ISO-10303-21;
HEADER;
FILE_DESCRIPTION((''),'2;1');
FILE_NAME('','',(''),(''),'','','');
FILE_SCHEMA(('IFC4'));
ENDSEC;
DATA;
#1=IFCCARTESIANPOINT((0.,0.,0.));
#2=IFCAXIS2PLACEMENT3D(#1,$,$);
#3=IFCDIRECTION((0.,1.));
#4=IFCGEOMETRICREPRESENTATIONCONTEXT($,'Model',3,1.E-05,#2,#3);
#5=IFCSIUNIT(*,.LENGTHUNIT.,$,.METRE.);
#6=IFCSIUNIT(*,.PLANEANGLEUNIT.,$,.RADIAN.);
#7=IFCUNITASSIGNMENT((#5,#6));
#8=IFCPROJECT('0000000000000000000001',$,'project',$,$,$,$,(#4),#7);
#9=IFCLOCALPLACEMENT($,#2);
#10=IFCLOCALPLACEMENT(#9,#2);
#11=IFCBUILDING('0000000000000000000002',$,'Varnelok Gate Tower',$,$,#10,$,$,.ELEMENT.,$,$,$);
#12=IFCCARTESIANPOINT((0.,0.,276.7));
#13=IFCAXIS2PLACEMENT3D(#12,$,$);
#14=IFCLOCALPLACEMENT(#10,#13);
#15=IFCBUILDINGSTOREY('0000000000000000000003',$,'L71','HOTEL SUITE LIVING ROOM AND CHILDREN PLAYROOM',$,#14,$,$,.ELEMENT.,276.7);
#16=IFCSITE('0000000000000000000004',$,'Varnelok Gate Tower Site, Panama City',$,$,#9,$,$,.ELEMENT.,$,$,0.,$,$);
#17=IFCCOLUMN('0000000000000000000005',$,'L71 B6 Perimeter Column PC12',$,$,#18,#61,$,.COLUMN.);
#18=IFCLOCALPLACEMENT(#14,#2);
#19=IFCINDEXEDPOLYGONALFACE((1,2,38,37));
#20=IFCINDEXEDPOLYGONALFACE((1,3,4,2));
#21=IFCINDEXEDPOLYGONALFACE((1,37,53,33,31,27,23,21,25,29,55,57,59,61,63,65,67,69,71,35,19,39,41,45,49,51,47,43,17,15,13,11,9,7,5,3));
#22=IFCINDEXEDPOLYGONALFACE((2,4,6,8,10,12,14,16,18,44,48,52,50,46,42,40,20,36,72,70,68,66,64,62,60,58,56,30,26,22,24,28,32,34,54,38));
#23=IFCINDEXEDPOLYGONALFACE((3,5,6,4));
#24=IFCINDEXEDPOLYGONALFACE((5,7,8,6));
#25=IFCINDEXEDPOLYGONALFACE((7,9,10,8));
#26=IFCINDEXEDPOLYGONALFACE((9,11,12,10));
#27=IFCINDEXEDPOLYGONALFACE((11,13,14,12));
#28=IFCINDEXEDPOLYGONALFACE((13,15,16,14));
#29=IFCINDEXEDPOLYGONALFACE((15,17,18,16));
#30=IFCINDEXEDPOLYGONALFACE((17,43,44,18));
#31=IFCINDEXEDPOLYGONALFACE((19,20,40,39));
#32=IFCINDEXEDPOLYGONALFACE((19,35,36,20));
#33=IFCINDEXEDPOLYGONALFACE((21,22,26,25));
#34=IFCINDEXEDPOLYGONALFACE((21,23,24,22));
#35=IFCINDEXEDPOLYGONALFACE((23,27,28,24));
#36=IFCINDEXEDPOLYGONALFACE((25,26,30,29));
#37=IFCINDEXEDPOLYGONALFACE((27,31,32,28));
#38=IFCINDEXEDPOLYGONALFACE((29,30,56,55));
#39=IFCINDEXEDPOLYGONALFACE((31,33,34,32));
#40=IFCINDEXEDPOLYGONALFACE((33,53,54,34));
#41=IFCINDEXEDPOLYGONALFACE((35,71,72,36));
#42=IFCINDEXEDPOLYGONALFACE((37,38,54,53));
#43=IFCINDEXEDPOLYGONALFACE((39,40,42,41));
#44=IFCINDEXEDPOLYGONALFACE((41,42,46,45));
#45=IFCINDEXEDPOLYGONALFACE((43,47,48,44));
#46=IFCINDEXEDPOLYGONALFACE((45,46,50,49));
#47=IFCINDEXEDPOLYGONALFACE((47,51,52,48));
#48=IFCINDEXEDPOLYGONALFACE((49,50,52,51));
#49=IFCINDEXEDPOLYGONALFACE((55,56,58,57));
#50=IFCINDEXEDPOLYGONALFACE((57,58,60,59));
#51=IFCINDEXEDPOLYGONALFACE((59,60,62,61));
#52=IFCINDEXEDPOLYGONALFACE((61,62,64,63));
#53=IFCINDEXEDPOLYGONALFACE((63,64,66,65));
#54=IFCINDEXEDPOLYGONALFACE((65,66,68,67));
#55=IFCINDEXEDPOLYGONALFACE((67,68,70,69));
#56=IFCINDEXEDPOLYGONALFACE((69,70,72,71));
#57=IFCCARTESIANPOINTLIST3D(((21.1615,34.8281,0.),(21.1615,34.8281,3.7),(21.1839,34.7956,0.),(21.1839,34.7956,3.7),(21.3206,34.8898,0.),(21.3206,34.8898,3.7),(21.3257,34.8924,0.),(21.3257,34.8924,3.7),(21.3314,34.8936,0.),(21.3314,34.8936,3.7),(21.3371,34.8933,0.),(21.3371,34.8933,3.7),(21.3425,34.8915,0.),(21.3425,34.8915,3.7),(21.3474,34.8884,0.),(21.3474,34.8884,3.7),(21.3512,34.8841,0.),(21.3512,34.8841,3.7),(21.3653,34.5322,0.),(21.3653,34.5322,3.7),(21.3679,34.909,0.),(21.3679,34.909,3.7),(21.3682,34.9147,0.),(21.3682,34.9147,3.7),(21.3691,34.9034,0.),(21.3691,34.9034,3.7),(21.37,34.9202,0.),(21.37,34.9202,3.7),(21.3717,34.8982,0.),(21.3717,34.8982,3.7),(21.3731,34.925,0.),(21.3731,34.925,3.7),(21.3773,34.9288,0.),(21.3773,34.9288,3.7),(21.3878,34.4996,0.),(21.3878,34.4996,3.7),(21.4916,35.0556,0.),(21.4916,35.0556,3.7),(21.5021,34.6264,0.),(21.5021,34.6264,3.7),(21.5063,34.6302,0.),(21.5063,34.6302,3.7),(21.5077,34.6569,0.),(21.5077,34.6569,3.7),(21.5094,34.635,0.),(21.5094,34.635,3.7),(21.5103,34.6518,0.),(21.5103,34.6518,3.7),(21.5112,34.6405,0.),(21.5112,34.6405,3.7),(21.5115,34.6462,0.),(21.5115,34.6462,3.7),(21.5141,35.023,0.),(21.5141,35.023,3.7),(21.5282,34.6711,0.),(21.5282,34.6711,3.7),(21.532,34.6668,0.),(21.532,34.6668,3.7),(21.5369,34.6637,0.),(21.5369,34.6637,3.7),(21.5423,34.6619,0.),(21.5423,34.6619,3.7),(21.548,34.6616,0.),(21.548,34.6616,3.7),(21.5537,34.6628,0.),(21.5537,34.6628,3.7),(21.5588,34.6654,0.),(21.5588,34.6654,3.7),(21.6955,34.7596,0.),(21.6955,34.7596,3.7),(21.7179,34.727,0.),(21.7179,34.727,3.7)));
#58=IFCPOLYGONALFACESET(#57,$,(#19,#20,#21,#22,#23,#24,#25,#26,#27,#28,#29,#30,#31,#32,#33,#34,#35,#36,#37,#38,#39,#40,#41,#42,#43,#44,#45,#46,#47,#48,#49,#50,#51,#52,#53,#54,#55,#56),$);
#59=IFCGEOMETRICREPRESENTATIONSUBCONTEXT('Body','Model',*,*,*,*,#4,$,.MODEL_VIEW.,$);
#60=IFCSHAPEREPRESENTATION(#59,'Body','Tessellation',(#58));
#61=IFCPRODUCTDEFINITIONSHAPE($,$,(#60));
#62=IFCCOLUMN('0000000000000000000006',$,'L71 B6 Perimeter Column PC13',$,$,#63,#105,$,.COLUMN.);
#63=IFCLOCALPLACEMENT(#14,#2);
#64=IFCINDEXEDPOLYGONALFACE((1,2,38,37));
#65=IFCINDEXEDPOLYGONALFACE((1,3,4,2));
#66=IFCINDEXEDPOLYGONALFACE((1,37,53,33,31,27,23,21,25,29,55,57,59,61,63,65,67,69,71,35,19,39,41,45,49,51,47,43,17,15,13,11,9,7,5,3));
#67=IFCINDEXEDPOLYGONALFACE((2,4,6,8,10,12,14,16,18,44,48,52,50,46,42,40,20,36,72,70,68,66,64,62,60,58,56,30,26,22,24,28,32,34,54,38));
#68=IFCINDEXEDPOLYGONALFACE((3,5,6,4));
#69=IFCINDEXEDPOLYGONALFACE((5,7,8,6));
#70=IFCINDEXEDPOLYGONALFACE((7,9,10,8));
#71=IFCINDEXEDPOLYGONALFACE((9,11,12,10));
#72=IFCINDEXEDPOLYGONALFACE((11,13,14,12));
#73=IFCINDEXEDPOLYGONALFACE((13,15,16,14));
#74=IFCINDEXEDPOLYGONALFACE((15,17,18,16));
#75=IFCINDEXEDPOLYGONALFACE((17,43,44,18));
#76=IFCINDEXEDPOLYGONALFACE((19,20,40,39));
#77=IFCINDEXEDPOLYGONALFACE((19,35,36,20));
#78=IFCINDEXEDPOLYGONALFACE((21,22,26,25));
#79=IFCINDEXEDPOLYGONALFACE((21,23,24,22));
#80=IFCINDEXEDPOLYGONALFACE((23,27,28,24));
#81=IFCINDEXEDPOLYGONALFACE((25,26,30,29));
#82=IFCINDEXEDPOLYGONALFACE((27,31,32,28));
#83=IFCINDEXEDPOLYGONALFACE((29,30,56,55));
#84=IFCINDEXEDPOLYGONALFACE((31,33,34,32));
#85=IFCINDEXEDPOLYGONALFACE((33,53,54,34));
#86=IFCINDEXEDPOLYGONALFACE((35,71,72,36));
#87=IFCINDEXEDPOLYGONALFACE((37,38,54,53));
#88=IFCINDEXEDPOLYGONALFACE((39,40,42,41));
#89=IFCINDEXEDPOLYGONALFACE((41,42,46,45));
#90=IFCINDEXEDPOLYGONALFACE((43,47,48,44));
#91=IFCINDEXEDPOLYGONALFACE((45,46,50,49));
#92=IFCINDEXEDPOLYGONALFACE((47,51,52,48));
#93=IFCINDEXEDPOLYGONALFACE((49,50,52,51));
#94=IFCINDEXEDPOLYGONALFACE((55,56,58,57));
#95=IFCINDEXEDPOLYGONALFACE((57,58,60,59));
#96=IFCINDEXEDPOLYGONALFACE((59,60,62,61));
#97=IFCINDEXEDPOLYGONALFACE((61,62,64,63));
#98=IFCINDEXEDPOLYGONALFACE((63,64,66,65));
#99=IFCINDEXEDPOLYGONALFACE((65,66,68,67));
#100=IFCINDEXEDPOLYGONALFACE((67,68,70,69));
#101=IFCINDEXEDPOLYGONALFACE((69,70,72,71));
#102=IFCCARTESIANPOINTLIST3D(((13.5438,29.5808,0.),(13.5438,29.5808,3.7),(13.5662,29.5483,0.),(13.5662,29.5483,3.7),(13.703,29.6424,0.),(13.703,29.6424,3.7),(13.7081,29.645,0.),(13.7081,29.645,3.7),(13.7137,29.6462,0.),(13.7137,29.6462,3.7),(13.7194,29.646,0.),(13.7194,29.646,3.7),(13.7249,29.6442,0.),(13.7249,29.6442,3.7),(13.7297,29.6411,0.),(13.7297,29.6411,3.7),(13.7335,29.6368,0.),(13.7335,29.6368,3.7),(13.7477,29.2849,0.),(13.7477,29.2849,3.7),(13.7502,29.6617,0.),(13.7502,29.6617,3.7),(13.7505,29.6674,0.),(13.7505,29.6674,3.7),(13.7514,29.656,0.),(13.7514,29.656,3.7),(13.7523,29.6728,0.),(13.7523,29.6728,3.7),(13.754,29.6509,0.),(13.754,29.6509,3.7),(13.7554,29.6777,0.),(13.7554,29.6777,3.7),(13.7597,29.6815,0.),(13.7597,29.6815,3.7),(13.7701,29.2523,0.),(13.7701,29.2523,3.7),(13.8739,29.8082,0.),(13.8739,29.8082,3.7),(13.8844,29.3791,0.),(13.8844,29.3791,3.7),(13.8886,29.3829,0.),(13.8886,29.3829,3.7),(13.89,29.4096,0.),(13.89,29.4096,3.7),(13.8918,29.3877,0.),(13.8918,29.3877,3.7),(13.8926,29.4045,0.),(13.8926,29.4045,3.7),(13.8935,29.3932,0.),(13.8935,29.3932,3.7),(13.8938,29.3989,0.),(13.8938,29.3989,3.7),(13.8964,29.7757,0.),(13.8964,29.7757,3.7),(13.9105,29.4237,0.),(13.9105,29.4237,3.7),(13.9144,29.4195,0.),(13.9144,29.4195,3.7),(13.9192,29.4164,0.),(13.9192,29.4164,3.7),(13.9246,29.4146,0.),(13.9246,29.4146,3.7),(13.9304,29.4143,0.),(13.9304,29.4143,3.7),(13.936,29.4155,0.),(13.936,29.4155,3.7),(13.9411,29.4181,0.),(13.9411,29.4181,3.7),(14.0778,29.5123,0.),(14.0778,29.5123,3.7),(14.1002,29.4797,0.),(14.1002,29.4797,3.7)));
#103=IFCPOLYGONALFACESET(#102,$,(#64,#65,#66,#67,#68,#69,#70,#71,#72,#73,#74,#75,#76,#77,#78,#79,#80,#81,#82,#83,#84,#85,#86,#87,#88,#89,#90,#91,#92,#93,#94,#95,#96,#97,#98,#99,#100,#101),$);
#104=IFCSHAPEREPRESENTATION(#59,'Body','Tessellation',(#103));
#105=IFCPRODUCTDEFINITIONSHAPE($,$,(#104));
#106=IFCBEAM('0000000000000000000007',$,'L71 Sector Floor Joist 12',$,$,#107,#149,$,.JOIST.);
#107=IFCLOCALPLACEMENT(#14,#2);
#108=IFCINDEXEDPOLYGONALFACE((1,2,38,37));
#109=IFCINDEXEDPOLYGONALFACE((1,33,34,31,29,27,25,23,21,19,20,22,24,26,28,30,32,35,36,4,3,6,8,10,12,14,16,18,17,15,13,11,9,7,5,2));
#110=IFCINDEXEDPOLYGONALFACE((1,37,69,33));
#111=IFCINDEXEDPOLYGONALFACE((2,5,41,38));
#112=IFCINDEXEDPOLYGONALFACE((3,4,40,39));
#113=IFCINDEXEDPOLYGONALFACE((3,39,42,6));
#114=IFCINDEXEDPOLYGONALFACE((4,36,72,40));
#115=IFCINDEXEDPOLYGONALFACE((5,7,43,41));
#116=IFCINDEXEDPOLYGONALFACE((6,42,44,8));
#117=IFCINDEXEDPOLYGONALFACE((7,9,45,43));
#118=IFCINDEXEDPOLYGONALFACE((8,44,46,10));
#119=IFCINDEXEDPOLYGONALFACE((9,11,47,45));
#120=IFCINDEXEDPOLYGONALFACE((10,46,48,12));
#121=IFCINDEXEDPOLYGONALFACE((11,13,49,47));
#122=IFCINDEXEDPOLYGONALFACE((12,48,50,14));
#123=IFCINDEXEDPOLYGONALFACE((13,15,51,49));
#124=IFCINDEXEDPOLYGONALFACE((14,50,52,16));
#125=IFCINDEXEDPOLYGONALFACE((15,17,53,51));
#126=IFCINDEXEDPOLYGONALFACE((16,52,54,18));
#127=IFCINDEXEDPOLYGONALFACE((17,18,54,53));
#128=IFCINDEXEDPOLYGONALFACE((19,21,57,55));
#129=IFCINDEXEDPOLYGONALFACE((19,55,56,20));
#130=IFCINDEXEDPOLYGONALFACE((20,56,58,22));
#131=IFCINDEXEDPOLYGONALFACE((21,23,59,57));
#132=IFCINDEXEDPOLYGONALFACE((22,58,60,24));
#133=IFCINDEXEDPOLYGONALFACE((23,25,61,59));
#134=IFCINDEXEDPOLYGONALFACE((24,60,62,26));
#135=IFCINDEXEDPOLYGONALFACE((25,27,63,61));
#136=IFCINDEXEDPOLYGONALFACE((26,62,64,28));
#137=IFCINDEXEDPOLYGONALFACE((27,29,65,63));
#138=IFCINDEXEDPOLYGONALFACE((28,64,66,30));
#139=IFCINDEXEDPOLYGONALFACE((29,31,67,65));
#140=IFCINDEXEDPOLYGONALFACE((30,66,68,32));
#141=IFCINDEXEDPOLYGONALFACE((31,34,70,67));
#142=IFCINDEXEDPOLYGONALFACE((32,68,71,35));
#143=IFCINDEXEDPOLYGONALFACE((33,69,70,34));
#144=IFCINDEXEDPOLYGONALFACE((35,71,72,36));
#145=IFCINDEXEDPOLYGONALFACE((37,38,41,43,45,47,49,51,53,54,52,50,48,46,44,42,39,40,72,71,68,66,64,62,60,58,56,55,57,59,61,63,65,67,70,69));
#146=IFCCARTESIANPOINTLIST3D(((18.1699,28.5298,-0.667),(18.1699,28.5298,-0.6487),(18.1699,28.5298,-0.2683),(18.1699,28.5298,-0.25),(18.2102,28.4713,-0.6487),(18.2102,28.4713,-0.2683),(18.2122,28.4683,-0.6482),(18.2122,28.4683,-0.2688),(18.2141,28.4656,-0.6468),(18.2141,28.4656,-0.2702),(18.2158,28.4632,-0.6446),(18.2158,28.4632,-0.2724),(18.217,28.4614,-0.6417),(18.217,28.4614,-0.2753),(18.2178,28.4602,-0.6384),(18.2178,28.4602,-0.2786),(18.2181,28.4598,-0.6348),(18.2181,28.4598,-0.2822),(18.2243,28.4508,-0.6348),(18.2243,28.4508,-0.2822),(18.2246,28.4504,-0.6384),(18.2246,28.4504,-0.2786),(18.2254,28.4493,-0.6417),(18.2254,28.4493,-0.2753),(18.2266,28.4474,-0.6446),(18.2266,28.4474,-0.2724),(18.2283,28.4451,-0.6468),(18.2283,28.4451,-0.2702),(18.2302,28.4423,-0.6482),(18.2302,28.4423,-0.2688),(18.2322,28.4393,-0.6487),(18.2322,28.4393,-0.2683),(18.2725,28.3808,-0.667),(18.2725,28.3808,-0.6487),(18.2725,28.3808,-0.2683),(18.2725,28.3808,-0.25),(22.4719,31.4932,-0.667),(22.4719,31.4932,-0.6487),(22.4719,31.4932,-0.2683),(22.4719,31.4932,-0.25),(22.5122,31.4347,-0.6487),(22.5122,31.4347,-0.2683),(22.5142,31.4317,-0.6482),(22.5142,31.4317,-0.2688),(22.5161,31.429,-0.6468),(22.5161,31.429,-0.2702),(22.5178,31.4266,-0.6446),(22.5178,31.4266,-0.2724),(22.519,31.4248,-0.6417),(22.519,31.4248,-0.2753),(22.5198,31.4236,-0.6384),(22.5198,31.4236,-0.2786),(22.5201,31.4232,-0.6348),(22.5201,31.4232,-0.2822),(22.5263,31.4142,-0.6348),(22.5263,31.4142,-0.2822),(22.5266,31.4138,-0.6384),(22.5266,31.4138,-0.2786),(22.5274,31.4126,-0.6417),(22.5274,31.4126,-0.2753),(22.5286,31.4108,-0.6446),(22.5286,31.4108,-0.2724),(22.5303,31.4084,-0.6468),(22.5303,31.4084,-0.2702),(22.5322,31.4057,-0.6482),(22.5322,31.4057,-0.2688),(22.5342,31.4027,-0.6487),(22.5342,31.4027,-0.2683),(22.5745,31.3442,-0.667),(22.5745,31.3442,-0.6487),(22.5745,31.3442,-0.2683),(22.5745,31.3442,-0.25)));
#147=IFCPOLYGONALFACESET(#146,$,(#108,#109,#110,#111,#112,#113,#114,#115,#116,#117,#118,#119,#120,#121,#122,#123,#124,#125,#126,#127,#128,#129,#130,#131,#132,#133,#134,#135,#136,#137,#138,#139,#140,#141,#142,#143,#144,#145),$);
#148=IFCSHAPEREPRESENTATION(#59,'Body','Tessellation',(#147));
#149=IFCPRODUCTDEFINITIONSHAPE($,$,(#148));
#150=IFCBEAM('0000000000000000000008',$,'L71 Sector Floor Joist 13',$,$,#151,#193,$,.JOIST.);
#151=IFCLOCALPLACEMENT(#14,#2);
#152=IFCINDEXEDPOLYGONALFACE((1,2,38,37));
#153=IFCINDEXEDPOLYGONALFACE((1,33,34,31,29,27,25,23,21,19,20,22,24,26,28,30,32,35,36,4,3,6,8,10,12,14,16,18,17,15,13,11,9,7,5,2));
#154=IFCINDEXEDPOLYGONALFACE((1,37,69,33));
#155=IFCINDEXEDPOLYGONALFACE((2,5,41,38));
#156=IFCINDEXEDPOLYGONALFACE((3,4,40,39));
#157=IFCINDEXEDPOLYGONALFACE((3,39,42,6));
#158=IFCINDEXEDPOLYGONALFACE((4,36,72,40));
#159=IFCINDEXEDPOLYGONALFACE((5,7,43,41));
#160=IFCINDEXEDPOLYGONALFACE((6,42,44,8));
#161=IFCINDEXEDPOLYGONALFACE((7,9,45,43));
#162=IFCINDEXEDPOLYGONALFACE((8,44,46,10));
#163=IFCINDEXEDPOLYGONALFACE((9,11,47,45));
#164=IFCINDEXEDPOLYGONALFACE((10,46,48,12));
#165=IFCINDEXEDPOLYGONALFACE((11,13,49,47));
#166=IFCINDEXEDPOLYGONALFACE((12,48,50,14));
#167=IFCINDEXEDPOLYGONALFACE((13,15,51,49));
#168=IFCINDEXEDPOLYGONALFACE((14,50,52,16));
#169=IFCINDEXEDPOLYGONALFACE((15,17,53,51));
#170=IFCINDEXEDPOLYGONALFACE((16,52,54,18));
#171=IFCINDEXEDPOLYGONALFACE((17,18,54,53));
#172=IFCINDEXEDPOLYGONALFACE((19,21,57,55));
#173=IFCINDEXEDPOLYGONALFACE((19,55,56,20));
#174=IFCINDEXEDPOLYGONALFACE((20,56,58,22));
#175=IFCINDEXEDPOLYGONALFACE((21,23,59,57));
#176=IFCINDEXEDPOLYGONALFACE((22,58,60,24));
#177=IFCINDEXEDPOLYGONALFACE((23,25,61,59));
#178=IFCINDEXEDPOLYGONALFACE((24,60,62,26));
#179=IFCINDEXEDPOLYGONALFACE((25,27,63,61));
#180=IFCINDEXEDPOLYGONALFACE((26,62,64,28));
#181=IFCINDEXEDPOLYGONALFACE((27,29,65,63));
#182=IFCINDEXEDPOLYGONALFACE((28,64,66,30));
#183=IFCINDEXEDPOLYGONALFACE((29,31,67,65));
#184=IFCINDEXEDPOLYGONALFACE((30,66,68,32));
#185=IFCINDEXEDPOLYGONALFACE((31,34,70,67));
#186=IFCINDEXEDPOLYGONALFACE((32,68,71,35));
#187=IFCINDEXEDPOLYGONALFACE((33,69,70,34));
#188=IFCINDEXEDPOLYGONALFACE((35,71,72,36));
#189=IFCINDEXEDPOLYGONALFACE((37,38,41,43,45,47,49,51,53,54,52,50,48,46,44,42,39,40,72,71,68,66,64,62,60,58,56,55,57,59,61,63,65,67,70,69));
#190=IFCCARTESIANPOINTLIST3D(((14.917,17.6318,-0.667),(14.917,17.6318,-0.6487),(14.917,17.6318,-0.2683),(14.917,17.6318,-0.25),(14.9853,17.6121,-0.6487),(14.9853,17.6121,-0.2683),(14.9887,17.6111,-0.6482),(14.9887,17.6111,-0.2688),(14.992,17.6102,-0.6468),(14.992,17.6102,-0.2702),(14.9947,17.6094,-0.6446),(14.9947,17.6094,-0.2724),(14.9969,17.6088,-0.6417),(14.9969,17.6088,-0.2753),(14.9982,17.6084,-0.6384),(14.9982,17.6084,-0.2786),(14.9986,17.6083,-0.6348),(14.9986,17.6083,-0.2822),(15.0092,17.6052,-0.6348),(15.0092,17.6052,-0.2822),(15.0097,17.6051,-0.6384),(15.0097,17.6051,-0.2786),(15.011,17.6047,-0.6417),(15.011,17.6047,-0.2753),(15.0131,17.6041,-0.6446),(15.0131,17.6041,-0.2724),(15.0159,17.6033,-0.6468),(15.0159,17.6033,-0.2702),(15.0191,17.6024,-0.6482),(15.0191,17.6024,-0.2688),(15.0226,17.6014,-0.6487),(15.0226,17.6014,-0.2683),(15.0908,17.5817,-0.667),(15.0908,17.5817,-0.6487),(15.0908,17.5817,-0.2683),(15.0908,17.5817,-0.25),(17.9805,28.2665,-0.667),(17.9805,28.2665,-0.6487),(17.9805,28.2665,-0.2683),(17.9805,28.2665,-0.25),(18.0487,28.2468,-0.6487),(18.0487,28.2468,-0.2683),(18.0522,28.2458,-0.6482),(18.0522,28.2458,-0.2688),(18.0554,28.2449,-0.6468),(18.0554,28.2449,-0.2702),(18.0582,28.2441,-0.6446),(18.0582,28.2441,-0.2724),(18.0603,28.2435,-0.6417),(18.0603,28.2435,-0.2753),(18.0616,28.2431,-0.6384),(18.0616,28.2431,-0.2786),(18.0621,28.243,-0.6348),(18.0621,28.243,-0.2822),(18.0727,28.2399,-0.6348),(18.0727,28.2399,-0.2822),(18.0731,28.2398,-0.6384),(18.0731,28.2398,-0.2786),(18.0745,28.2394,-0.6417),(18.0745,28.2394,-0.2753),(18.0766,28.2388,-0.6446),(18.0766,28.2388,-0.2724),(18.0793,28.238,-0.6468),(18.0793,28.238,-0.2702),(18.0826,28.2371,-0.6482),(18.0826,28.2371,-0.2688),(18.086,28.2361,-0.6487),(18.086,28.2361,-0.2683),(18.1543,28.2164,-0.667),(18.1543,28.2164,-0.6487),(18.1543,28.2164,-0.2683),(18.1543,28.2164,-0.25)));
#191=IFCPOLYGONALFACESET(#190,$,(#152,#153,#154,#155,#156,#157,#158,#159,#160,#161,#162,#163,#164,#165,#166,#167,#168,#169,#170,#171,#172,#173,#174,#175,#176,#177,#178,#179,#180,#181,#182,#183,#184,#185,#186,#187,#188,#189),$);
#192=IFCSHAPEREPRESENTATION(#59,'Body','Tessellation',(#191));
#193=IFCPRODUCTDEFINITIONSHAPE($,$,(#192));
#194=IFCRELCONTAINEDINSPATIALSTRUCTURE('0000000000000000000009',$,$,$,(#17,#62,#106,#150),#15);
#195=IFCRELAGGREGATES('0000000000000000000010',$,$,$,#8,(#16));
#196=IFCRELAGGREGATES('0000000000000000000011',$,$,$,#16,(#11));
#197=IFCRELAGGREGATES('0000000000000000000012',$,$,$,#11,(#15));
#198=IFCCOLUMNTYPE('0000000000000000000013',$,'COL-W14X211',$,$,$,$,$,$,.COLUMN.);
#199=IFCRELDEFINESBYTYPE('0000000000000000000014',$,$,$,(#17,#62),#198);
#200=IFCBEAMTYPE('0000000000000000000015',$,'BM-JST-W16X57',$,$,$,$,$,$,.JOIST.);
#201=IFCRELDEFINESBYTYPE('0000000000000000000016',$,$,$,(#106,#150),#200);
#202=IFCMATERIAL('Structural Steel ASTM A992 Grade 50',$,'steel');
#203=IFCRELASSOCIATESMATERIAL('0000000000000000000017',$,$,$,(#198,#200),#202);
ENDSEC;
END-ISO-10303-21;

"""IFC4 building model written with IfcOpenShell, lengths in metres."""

from ifc_helpers import new_model, si_unit, direction, frame, origin, origin_2d, place, context, subcontext, project, spatial, i_section, extrude, material, material_profile, profile_set, type_object, element, save


model = new_model("IFC4")

# Units and contexts
model_context = context("Model", 3, precision=1e-05, world=origin(), true_north=direction((0.0, 1.0)))
body_context = subcontext(model_context, "Body", "Model", "MODEL_VIEW")
ifc_project = project(units=[si_unit("LENGTHUNIT", "METRE"), si_unit("PLANEANGLEUNIT", "RADIAN")], contexts=[model_context])

# Site, building, storey
site_placement = place(None, origin())
site = spatial("IfcSite", under=ifc_project, at=site_placement, Name="Varnelok Gate Tower Site, Panama City", CompositionType="ELEMENT", RefElevation=0.0)
building_placement = place(site_placement, origin())
building = spatial("IfcBuilding", under=site, at=building_placement, Name="Varnelok Gate Tower", CompositionType="ELEMENT")
storey_placement = place(building_placement, frame((0.0, 0.0, 276.7)))
storey = spatial("IfcBuildingStorey", under=building, at=storey_placement, Name="L71", Description="HOTEL SUITE LIVING ROOM AND CHILDREN PLAYROOM", CompositionType="ELEMENT", Elevation=276.7)

# Columns
ifc_material_1 = material(Name="Structural Steel ASTM A992 Grade 50", Category="steel")
ifc_material_profile_1 = material_profile(ifc_material_1, i_section(OverallWidth=0.4009, OverallDepth=0.3989, WebThickness=0.0249, FlangeThickness=0.0396, FilletRadius=0.022, at=origin_2d()), Name="W14X211")
ifc_profile_set_1 = profile_set([ifc_material_profile_1], Name="Structural Steel ASTM A992 Grade 50")
column_type = type_object("IfcColumnType", Name="COL-W14X211", PredefinedType="COLUMN", material=ifc_profile_set_1)
for number, where, z_axis, x_axis, name in (
    (1, (21.4397, 34.7776, 0.0), (0.0, 0.0, 1.0), (0.823533, 0.567269, 0.0), "L71 B6 Perimeter Column PC12"),
    (2, (13.822, 29.5303, 0.0), (0.0, 0.0, 1.0), (0.823533, 0.567269, 0.0), "L71 B6 Perimeter Column PC13"),
):
    element("IfcColumn", number, at=place(storey_placement, frame(where, z_axis=z_axis, x_axis=x_axis)), inside=storey, type_object=column_type, Name=name, PredefinedType="COLUMN", context=body_context, shape_type="SweptSolid", body=[
        extrude(i_section(OverallWidth=0.4009, OverallDepth=0.3989, WebThickness=0.0249, FlangeThickness=0.0396, FilletRadius=0.022, at=origin_2d()), origin(), (0.0, 0.0, 1.0), 3.7),
    ])

# Beams
ifc_material_profile_2 = material_profile(ifc_material_1, i_section(OverallWidth=0.1809, OverallDepth=0.417, WebThickness=0.011, FlangeThickness=0.0183, FilletRadius=0.0139, at=origin_2d()), Name="W16X57")
ifc_profile_set_2 = profile_set([ifc_material_profile_2], Name="Structural Steel ASTM A992 Grade 50")
beam_type_1 = type_object("IfcBeamType", Name="BM-JST-W16X57", PredefinedType="JOIST", material=ifc_profile_set_2)
beam_1_placement = place(storey_placement, frame((22.5232, 31.4187, -0.4585), z_axis=(-0.823527, -0.567276, 0.0), x_axis=(0.567276, -0.823527, 0.0)))
element("IfcBeam", 3, at=beam_1_placement, inside=storey, type_object=beam_type_1, Name="L71 Sector Floor Joist 12", PredefinedType="JOIST", context=body_context, shape_type="SweptSolid", body=[
    extrude(i_section(OverallWidth=0.1809, OverallDepth=0.417, WebThickness=0.011, FlangeThickness=0.0183, FilletRadius=0.0139, at=origin_2d()), origin(), (0.0, 0.0, 1.0), 5.2239),
])
beam_2_placement = place(storey_placement, frame((18.0674, 28.2415, -0.4585), z_axis=(-0.276807, -0.960926, 0.0), x_axis=(0.960926, -0.276807, 0.0)))
element("IfcBeam", 4, at=beam_2_placement, inside=storey, type_object=beam_type_1, Name="L71 Sector Floor Joist 13", PredefinedType="JOIST", context=body_context, shape_type="SweptSolid", body=[
    extrude(i_section(OverallWidth=0.1809, OverallDepth=0.417, WebThickness=0.011, FlangeThickness=0.0183, FilletRadius=0.0139, at=origin_2d()), origin(), (0.0, 0.0, 1.0), 11.0671),
])

save(model, "model.ifc")
